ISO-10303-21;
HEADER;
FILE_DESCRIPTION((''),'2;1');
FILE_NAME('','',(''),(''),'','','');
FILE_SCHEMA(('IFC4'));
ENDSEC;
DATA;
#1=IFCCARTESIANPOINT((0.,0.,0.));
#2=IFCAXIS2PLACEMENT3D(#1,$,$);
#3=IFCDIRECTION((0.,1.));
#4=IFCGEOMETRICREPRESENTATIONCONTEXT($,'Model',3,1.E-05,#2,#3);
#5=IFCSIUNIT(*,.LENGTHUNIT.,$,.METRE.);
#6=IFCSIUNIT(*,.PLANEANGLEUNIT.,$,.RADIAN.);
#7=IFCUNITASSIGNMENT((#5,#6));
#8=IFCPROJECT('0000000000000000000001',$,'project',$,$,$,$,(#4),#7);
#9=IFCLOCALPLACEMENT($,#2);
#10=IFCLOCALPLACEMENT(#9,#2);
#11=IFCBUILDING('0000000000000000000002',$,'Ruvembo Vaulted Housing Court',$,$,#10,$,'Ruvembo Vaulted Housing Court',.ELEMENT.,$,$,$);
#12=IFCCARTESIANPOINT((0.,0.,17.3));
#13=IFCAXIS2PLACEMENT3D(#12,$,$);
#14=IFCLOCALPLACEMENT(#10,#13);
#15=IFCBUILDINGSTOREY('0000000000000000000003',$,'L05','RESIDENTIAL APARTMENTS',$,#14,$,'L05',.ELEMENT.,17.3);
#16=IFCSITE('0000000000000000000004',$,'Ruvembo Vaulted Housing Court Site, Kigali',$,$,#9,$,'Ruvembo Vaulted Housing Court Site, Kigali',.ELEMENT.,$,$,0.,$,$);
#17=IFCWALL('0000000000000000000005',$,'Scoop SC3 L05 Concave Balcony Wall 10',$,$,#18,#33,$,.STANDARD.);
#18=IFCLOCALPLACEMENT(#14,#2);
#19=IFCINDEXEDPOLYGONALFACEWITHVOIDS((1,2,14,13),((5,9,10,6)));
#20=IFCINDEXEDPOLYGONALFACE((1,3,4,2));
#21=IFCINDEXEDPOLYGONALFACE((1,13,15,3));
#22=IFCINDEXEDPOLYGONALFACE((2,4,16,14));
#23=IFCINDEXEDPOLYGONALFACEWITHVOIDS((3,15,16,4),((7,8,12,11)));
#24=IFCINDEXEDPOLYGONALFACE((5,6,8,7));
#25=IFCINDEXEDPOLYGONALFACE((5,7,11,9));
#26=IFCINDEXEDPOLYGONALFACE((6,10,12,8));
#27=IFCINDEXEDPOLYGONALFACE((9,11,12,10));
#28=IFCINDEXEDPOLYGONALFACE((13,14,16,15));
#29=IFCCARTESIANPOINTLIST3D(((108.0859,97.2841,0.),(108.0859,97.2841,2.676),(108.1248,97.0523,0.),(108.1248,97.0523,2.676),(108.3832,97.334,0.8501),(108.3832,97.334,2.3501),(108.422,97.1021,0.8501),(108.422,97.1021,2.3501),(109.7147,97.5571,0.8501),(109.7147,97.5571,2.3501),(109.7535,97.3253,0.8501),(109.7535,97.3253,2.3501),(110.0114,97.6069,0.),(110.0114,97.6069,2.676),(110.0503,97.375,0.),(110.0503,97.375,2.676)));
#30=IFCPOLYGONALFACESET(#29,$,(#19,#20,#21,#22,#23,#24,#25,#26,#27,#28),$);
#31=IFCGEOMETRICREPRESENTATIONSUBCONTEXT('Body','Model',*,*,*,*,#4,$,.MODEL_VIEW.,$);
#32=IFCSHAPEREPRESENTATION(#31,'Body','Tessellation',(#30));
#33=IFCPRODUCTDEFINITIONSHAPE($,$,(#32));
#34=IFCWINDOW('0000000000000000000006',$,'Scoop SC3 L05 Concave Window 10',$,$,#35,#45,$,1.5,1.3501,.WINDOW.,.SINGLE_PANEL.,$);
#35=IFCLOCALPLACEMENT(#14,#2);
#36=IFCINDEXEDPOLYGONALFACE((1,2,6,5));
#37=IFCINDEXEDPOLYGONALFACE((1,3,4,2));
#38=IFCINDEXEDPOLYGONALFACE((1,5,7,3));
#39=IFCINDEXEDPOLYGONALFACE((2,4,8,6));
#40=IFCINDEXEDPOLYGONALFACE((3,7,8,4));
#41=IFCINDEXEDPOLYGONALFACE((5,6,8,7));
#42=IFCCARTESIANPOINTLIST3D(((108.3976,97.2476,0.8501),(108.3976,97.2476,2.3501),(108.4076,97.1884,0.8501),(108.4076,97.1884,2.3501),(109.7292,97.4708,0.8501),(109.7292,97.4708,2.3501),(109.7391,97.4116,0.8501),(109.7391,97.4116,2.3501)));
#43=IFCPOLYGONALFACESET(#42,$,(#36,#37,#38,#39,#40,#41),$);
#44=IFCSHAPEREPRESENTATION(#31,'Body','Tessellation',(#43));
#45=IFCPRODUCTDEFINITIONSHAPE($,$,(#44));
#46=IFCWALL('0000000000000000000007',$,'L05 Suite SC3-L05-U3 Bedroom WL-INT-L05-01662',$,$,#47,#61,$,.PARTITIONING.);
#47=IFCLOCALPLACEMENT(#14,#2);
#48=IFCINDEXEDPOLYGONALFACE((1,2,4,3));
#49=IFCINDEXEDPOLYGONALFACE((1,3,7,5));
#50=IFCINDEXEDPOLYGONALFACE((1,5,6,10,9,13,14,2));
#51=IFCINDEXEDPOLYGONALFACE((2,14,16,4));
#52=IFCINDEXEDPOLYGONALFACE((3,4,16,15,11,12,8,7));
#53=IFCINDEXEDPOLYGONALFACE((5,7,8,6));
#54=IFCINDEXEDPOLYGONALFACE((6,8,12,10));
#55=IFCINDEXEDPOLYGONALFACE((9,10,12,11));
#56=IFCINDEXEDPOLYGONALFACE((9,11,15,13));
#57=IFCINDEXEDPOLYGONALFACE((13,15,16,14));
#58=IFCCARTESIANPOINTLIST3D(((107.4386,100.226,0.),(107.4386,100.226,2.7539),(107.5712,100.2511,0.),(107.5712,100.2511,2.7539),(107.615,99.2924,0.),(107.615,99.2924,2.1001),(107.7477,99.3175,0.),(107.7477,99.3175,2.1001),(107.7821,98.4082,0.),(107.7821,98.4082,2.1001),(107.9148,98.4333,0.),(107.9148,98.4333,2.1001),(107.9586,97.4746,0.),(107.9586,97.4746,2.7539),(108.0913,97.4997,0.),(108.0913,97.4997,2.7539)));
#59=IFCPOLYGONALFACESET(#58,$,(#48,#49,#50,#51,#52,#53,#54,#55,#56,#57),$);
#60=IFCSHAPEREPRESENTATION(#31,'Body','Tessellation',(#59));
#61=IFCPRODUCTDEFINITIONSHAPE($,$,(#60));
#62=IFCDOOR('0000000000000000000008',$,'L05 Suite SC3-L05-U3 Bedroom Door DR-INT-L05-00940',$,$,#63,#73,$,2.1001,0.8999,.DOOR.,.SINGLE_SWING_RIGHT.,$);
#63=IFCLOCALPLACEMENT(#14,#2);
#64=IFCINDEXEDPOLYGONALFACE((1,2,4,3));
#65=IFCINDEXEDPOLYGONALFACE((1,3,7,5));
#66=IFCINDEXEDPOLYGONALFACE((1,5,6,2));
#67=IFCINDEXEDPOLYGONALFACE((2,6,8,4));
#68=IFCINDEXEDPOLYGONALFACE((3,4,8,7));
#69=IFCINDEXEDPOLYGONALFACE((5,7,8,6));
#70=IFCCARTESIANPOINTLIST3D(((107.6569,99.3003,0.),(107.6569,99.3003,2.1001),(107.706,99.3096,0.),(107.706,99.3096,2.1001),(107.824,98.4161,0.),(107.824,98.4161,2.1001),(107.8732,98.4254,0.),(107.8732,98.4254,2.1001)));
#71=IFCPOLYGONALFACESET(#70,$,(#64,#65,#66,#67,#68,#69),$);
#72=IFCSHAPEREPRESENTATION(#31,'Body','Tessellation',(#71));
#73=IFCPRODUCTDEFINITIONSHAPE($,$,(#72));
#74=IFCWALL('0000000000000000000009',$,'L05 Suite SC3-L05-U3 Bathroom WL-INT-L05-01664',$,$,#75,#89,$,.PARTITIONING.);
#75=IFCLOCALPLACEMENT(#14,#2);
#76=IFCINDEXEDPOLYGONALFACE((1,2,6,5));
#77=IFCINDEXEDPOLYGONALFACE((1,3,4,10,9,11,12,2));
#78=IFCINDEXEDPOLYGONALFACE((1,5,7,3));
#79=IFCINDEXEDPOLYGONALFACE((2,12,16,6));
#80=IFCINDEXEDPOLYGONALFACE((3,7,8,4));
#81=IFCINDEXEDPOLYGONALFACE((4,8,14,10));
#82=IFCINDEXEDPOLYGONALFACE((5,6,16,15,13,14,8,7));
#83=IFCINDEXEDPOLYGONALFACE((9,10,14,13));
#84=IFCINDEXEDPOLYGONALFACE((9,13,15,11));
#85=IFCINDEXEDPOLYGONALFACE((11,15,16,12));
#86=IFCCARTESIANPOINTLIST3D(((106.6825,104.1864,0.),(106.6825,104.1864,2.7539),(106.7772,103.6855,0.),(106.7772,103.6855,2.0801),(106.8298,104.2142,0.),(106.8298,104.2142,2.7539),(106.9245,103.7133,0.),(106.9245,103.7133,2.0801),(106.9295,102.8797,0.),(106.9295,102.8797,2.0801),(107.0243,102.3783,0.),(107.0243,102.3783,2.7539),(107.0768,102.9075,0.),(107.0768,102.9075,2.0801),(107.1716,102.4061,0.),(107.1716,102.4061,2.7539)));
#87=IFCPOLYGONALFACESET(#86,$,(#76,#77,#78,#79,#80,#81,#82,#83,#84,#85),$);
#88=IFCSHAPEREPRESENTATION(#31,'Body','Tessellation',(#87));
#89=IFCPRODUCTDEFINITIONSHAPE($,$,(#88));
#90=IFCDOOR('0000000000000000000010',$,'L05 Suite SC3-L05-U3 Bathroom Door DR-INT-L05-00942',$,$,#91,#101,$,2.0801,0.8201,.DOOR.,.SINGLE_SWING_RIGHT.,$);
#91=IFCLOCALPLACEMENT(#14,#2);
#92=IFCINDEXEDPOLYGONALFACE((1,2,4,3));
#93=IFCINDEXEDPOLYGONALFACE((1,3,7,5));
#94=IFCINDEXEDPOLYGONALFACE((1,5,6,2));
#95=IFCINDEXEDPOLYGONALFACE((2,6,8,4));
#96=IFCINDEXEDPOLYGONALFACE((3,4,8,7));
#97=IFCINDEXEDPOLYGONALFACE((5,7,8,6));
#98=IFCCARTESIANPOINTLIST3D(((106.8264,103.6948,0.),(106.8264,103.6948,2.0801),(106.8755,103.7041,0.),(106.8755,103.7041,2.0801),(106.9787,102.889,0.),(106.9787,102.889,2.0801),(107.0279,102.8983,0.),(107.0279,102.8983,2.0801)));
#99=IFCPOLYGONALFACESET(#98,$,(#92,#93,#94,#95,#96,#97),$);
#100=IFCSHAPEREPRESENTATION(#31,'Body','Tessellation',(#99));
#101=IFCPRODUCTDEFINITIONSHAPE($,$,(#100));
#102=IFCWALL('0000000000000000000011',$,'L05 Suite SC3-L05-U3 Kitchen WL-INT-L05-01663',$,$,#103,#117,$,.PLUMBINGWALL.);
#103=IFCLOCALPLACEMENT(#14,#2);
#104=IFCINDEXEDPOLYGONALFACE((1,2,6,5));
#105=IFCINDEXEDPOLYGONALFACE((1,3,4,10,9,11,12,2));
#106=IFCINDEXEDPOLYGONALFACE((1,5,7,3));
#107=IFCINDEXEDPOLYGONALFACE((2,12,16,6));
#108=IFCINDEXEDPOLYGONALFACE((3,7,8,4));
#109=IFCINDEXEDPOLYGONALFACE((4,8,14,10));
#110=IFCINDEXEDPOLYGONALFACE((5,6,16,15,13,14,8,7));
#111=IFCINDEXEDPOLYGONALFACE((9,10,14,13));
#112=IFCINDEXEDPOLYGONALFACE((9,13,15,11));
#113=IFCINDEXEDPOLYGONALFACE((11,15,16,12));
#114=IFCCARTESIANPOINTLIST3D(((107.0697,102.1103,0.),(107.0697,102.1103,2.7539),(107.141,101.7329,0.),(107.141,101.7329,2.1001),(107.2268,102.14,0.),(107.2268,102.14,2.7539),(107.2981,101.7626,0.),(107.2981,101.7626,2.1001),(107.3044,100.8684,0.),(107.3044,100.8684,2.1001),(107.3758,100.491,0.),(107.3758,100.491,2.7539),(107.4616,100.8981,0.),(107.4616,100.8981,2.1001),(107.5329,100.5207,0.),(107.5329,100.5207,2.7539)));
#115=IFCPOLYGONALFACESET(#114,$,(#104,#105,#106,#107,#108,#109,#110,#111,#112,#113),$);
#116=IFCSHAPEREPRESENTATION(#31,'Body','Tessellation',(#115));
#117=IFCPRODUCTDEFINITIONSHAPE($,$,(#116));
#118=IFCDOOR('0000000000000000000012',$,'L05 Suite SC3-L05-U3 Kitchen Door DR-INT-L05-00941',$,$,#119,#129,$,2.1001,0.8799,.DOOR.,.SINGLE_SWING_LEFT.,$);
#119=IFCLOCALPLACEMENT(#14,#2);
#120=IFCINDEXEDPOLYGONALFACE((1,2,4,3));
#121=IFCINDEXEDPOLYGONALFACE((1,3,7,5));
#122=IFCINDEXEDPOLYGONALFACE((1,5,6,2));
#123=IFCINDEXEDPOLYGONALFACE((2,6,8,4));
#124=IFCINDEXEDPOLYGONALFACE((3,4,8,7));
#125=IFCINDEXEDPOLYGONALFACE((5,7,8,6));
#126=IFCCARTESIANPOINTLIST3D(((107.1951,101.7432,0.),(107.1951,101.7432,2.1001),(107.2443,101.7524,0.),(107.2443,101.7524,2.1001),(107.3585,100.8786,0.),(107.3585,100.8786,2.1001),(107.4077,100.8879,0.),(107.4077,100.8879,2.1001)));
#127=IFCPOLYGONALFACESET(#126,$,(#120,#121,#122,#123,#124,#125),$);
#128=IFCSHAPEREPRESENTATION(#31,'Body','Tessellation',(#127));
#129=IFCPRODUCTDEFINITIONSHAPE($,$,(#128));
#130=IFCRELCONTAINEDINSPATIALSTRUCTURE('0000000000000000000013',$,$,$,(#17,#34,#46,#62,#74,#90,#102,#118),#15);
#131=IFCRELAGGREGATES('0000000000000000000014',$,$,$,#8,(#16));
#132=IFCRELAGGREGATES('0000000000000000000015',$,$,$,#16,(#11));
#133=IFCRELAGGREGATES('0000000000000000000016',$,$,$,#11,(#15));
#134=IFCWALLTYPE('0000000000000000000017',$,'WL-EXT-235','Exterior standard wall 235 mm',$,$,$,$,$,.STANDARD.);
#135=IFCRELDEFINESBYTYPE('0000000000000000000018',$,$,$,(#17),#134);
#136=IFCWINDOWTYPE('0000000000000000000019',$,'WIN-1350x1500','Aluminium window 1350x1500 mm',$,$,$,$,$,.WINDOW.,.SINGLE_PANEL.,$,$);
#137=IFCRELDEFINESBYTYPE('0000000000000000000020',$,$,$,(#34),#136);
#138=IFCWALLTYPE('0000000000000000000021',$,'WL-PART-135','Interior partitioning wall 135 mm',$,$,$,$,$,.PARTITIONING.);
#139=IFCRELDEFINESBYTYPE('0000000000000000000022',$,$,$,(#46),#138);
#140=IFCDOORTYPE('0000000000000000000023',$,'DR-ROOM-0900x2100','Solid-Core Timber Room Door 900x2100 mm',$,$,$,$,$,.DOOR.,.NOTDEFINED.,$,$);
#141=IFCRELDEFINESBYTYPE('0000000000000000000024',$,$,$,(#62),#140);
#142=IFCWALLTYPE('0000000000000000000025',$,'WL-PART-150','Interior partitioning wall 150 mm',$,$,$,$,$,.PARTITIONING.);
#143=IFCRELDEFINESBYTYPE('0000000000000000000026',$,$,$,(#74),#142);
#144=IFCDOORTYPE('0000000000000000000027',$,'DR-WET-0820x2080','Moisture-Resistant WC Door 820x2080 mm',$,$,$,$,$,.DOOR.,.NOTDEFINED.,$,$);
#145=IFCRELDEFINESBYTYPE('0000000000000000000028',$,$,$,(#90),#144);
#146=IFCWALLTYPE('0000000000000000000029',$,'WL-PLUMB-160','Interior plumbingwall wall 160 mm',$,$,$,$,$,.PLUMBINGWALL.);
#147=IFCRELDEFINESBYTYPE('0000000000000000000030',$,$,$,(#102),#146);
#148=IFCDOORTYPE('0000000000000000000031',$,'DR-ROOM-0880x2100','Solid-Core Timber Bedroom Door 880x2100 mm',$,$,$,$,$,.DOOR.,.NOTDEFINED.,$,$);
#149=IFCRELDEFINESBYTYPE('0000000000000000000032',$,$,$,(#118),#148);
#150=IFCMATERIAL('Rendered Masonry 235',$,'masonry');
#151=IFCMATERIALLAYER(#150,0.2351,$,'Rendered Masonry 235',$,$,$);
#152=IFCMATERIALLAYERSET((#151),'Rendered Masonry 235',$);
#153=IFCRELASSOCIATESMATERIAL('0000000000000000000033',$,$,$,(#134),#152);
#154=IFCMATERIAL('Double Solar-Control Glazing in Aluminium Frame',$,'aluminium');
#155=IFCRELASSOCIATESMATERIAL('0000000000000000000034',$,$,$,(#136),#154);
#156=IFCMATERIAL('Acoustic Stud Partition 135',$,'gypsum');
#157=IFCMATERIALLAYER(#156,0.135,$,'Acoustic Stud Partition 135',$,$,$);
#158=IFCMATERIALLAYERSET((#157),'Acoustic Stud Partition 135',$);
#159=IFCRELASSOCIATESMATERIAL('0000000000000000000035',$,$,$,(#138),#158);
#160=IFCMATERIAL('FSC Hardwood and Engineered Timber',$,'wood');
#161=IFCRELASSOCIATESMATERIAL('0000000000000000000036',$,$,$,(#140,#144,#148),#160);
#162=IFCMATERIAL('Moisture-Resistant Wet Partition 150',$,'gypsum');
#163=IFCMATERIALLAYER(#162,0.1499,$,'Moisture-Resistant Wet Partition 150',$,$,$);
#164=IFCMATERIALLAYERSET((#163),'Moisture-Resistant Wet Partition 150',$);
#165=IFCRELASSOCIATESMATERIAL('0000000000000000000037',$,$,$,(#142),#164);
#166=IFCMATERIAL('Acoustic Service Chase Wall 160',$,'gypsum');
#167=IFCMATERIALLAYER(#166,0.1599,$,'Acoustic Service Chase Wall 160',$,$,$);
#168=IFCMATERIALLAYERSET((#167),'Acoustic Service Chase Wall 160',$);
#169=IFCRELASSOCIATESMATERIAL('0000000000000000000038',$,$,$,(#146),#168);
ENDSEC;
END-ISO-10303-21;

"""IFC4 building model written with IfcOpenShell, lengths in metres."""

from ifc_helpers import new_model, si_unit, direction, frame, frame_2d, origin, place, context, subcontext, project, spatial, rectangle, extrude, material, layer, layer_set, type_object, element, fill, save


model = new_model("IFC4")

# Units and contexts
model_context = context("Model", 3, precision=1e-05, world=origin(), true_north=direction((0.0, 1.0)))
body_context = subcontext(model_context, "Body", "Model", "MODEL_VIEW")
ifc_project = project(units=[si_unit("LENGTHUNIT", "METRE"), si_unit("PLANEANGLEUNIT", "RADIAN")], contexts=[model_context])

# Site, building, storey
site_placement = place(None, origin())
site = spatial("IfcSite", under=ifc_project, at=site_placement, Name="Ruvembo Vaulted Housing Court Site, Kigali", LongName="Ruvembo Vaulted Housing Court Site, Kigali", CompositionType="ELEMENT", RefElevation=0.0)
building_placement = place(site_placement, origin())
building = spatial("IfcBuilding", under=site, at=building_placement, Name="Ruvembo Vaulted Housing Court", LongName="Ruvembo Vaulted Housing Court", CompositionType="ELEMENT")
storey_placement = place(building_placement, frame((0.0, 0.0, 17.3)))
storey = spatial("IfcBuildingStorey", under=building, at=storey_placement, Name="L05", Description="RESIDENTIAL APARTMENTS", LongName="L05", CompositionType="ELEMENT", Elevation=17.3)

# Shared definitions
ifc_material_1 = material(Name="FSC Hardwood and Engineered Timber", Category="wood")

# Shared definitions
ifc_material_2 = material(Name="Rendered Masonry 235", Category="masonry")
ifc_layer_1 = layer(ifc_material_2, 0.2351, Name="Rendered Masonry 235")
ifc_layer_set_1 = layer_set([ifc_layer_1], Name="Rendered Masonry 235")
wall_type_1 = type_object("IfcWallType", Name="WL-EXT-235", Description="Exterior standard wall 235 mm", PredefinedType="STANDARD", material=ifc_layer_set_1)

# Wall, opening, window
ifc_material_3 = material(Name="Double Solar-Control Glazing in Aluminium Frame", Category="aluminium")
wall_1_placement = place(storey_placement, frame((108.1055, 97.1682, 0.0), z_axis=(0.0, 0.0, 1.0), x_axis=(0.986241, 0.165311, 0.0)))
wall_1 = element("IfcWall", 1, at=wall_1_placement, inside=storey, type_object=wall_type_1, Name="Scoop SC3 L05 Concave Balcony Wall 10", PredefinedType="STANDARD", context=body_context, shape_type="SweptSolid", body=[
    extrude(rectangle(XDim=1.9524, YDim=0.2351, at=frame_2d((0.9761, 0.0))), origin(), (0.0, 0.0, 1.0), 2.676),
])
opening_1_placement = place(wall_1_placement, frame((0.3013, 0.0, 0.8501)))
opening_1 = element("IfcOpeningElement", 2, at=opening_1_placement, cuts=wall_1, PredefinedType="OPENING", context=body_context, shape_type="SweptSolid", body=[
    extrude(rectangle(XDim=1.3501, YDim=1.5, at=frame_2d((0.675, 0.75))), frame((0.0, 0.1274, 0.0), z_axis=(0.0, -1.0, 0.0), x_axis=(1.0, 0.0, 0.0)), (0.0, 0.0, 1.0), 0.2551),
])
window_type_1 = type_object("IfcWindowType", Name="WIN-1350x1500", Description="Aluminium window 1350x1500 mm", PartitioningType="SINGLE_PANEL", PredefinedType="WINDOW", material=ifc_material_3)
window_1_placement = place(opening_1_placement, origin())
window_1 = element("IfcWindow", 3, at=window_1_placement, inside=storey, type_object=window_type_1, Name="Scoop SC3 L05 Concave Window 10", OverallHeight=1.5, OverallWidth=1.3501, PartitioningType="SINGLE_PANEL", PredefinedType="WINDOW", context=body_context, shape_type="SweptSolid", body=[
    extrude(rectangle(XDim=1.3501, YDim=1.5, at=frame_2d((0.675, 0.75))), frame((0.0, 0.03, 0.0), z_axis=(0.0, -1.0, 0.0), x_axis=(1.0, 0.0, 0.0)), (0.0, 0.0, 1.0), 0.0601),
])
fill(opening_1, window_1)

# Walls, openings, doors
ifc_material_4 = material(Name="Acoustic Stud Partition 135", Category="gypsum")
ifc_layer_2 = layer(ifc_material_4, 0.135, Name="Acoustic Stud Partition 135")
ifc_layer_set_2 = layer_set([ifc_layer_2], Name="Acoustic Stud Partition 135")
wall_type_2 = type_object("IfcWallType", Name="WL-PART-135", Description="Interior partitioning wall 135 mm", PredefinedType="PARTITIONING", material=ifc_layer_set_2)
wall_2_placement = place(storey_placement, frame((108.0249, 97.4873, 0.0), z_axis=(0.0, 0.0, 1.0), x_axis=(-0.185726, 0.982602, 0.0)))
wall_2 = element("IfcWall", 4, at=wall_2_placement, inside=storey, type_object=wall_type_2, Name="L05 Suite SC3-L05-U3 Bedroom WL-INT-L05-01662", PredefinedType="PARTITIONING", context=body_context, shape_type="SweptSolid", body=[
    extrude(rectangle(XDim=2.8, YDim=0.135, at=frame_2d((1.3999, 0.0))), origin(), (0.0, 0.0, 1.0), 2.7539),
])
opening_2_placement = place(wall_2_placement, frame((0.95, 0.0, 0.0)))
opening_2 = element("IfcOpeningElement", 5, at=opening_2_placement, cuts=wall_2, PredefinedType="OPENING", context=body_context, shape_type="SweptSolid", body=[
    extrude(rectangle(XDim=0.8999, YDim=2.1001, at=frame_2d((0.45, 1.05))), frame((0.0, 0.0774, 0.0), z_axis=(0.0, -1.0, 0.0), x_axis=(1.0, 0.0, 0.0)), (0.0, 0.0, 1.0), 0.155),
])
door_type_1 = type_object("IfcDoorType", Name="DR-ROOM-0900x2100", Description="Solid-Core Timber Room Door 900x2100 mm", OperationType="NOTDEFINED", PredefinedType="DOOR", material=ifc_material_1)
door_1_placement = place(opening_2_placement, origin())
door_1 = element("IfcDoor", 6, at=door_1_placement, inside=storey, type_object=door_type_1, Name="L05 Suite SC3-L05-U3 Bedroom Door DR-INT-L05-00940", OperationType="SINGLE_SWING_RIGHT", OverallHeight=2.1001, OverallWidth=0.8999, PredefinedType="DOOR", context=body_context, shape_type="SweptSolid", body=[
    extrude(rectangle(XDim=0.8999, YDim=2.1001, at=frame_2d((0.45, 1.05))), frame((0.0, 0.0249, 0.0), z_axis=(0.0, -1.0, 0.0), x_axis=(1.0, 0.0, 0.0)), (0.0, 0.0, 1.0), 0.05),
])
fill(opening_2, door_1)
ifc_material_5 = material(Name="Moisture-Resistant Wet Partition 150", Category="gypsum")
ifc_layer_3 = layer(ifc_material_5, 0.1499, Name="Moisture-Resistant Wet Partition 150")
ifc_layer_set_3 = layer_set([ifc_layer_3], Name="Moisture-Resistant Wet Partition 150")
wall_type_3 = type_object("IfcWallType", Name="WL-PART-150", Description="Interior partitioning wall 150 mm", PredefinedType="PARTITIONING", material=ifc_layer_set_3)
wall_3_placement = place(storey_placement, frame((107.0979, 102.3923, 0.0), z_axis=(0.0, 0.0, 1.0), x_axis=(-0.185746, 0.982598, 0.0)))
wall_3 = element("IfcWall", 7, at=wall_3_placement, inside=storey, type_object=wall_type_3, Name="L05 Suite SC3-L05-U3 Bathroom WL-INT-L05-01664", PredefinedType="PARTITIONING", context=body_context, shape_type="SweptSolid", body=[
    extrude(rectangle(XDim=1.8401, YDim=0.1499, at=frame_2d((0.9199, 0.0))), origin(), (0.0, 0.0, 1.0), 2.7539),
])
opening_3_placement = place(wall_3_placement, frame((0.51, 0.0, 0.0)))
opening_3 = element("IfcOpeningElement", 8, at=opening_3_placement, cuts=wall_3, PredefinedType="OPENING", context=body_context, shape_type="SweptSolid", body=[
    extrude(rectangle(XDim=0.8201, YDim=2.0801, at=frame_2d((0.4102, 1.04))), frame((0.0, 0.085, 0.0), z_axis=(0.0, -1.0, 0.0), x_axis=(1.0, 0.0, 0.0)), (0.0, 0.0, 1.0), 0.1699),
])
door_type_2 = type_object("IfcDoorType", Name="DR-WET-0820x2080", Description="Moisture-Resistant WC Door 820x2080 mm", OperationType="NOTDEFINED", PredefinedType="DOOR", material=ifc_material_1)
door_2_placement = place(opening_3_placement, origin())
door_2 = element("IfcDoor", 9, at=door_2_placement, inside=storey, type_object=door_type_2, Name="L05 Suite SC3-L05-U3 Bathroom Door DR-INT-L05-00942", OperationType="SINGLE_SWING_RIGHT", OverallHeight=2.0801, OverallWidth=0.8201, PredefinedType="DOOR", context=body_context, shape_type="SweptSolid", body=[
    extrude(rectangle(XDim=0.8201, YDim=2.0801, at=frame_2d((0.4102, 1.04))), frame((0.0, 0.0249, 0.0), z_axis=(0.0, -1.0, 0.0), x_axis=(1.0, 0.0, 0.0)), (0.0, 0.0, 1.0), 0.05),
])
fill(opening_3, door_2)
ifc_material_6 = material(Name="Acoustic Service Chase Wall 160", Category="gypsum")
ifc_layer_4 = layer(ifc_material_6, 0.1599, Name="Acoustic Service Chase Wall 160")
ifc_layer_set_4 = layer_set([ifc_layer_4], Name="Acoustic Service Chase Wall 160")
wall_type_4 = type_object("IfcWallType", Name="WL-PLUMB-160", Description="Interior plumbingwall wall 160 mm", PredefinedType="PLUMBINGWALL", material=ifc_layer_set_4)
wall_4_placement = place(storey_placement, frame((107.4543, 100.5059, 0.0), z_axis=(0.0, 0.0, 1.0), x_axis=(-0.185764, 0.982594, 0.0)))
wall_4 = element("IfcWall", 10, at=wall_4_placement, inside=storey, type_object=wall_type_4, Name="L05 Suite SC3-L05-U3 Kitchen WL-INT-L05-01663", PredefinedType="PLUMBINGWALL", context=body_context, shape_type="SweptSolid", body=[
    extrude(rectangle(XDim=1.6479, YDim=0.1599, at=frame_2d((0.824, 0.0))), origin(), (0.0, 0.0, 1.0), 2.7539),
])
opening_4_placement = place(wall_4_placement, frame((0.384, 0.0, 0.0)))
opening_4 = element("IfcOpeningElement", 11, at=opening_4_placement, cuts=wall_4, PredefinedType="OPENING", context=body_context, shape_type="SweptSolid", body=[
    extrude(rectangle(XDim=0.8799, YDim=2.1001, at=frame_2d((0.4399, 1.05))), frame((0.0, 0.0898, 0.0), z_axis=(0.0, -1.0, 0.0), x_axis=(1.0, 0.0, 0.0)), (0.0, 0.0, 1.0), 0.1799),
])
door_type_3 = type_object("IfcDoorType", Name="DR-ROOM-0880x2100", Description="Solid-Core Timber Bedroom Door 880x2100 mm", OperationType="NOTDEFINED", PredefinedType="DOOR", material=ifc_material_1)
door_3_placement = place(opening_4_placement, origin())
door_3 = element("IfcDoor", 12, at=door_3_placement, inside=storey, type_object=door_type_3, Name="L05 Suite SC3-L05-U3 Kitchen Door DR-INT-L05-00941", OperationType="SINGLE_SWING_LEFT", OverallHeight=2.1001, OverallWidth=0.8799, PredefinedType="DOOR", context=body_context, shape_type="SweptSolid", body=[
    extrude(rectangle(XDim=0.8799, YDim=2.1001, at=frame_2d((0.4399, 1.05))), frame((0.0, 0.0249, 0.0), z_axis=(0.0, -1.0, 0.0), x_axis=(1.0, 0.0, 0.0)), (0.0, 0.0, 1.0), 0.05),
])
fill(opening_4, door_3)

save(model, "model.ifc")
